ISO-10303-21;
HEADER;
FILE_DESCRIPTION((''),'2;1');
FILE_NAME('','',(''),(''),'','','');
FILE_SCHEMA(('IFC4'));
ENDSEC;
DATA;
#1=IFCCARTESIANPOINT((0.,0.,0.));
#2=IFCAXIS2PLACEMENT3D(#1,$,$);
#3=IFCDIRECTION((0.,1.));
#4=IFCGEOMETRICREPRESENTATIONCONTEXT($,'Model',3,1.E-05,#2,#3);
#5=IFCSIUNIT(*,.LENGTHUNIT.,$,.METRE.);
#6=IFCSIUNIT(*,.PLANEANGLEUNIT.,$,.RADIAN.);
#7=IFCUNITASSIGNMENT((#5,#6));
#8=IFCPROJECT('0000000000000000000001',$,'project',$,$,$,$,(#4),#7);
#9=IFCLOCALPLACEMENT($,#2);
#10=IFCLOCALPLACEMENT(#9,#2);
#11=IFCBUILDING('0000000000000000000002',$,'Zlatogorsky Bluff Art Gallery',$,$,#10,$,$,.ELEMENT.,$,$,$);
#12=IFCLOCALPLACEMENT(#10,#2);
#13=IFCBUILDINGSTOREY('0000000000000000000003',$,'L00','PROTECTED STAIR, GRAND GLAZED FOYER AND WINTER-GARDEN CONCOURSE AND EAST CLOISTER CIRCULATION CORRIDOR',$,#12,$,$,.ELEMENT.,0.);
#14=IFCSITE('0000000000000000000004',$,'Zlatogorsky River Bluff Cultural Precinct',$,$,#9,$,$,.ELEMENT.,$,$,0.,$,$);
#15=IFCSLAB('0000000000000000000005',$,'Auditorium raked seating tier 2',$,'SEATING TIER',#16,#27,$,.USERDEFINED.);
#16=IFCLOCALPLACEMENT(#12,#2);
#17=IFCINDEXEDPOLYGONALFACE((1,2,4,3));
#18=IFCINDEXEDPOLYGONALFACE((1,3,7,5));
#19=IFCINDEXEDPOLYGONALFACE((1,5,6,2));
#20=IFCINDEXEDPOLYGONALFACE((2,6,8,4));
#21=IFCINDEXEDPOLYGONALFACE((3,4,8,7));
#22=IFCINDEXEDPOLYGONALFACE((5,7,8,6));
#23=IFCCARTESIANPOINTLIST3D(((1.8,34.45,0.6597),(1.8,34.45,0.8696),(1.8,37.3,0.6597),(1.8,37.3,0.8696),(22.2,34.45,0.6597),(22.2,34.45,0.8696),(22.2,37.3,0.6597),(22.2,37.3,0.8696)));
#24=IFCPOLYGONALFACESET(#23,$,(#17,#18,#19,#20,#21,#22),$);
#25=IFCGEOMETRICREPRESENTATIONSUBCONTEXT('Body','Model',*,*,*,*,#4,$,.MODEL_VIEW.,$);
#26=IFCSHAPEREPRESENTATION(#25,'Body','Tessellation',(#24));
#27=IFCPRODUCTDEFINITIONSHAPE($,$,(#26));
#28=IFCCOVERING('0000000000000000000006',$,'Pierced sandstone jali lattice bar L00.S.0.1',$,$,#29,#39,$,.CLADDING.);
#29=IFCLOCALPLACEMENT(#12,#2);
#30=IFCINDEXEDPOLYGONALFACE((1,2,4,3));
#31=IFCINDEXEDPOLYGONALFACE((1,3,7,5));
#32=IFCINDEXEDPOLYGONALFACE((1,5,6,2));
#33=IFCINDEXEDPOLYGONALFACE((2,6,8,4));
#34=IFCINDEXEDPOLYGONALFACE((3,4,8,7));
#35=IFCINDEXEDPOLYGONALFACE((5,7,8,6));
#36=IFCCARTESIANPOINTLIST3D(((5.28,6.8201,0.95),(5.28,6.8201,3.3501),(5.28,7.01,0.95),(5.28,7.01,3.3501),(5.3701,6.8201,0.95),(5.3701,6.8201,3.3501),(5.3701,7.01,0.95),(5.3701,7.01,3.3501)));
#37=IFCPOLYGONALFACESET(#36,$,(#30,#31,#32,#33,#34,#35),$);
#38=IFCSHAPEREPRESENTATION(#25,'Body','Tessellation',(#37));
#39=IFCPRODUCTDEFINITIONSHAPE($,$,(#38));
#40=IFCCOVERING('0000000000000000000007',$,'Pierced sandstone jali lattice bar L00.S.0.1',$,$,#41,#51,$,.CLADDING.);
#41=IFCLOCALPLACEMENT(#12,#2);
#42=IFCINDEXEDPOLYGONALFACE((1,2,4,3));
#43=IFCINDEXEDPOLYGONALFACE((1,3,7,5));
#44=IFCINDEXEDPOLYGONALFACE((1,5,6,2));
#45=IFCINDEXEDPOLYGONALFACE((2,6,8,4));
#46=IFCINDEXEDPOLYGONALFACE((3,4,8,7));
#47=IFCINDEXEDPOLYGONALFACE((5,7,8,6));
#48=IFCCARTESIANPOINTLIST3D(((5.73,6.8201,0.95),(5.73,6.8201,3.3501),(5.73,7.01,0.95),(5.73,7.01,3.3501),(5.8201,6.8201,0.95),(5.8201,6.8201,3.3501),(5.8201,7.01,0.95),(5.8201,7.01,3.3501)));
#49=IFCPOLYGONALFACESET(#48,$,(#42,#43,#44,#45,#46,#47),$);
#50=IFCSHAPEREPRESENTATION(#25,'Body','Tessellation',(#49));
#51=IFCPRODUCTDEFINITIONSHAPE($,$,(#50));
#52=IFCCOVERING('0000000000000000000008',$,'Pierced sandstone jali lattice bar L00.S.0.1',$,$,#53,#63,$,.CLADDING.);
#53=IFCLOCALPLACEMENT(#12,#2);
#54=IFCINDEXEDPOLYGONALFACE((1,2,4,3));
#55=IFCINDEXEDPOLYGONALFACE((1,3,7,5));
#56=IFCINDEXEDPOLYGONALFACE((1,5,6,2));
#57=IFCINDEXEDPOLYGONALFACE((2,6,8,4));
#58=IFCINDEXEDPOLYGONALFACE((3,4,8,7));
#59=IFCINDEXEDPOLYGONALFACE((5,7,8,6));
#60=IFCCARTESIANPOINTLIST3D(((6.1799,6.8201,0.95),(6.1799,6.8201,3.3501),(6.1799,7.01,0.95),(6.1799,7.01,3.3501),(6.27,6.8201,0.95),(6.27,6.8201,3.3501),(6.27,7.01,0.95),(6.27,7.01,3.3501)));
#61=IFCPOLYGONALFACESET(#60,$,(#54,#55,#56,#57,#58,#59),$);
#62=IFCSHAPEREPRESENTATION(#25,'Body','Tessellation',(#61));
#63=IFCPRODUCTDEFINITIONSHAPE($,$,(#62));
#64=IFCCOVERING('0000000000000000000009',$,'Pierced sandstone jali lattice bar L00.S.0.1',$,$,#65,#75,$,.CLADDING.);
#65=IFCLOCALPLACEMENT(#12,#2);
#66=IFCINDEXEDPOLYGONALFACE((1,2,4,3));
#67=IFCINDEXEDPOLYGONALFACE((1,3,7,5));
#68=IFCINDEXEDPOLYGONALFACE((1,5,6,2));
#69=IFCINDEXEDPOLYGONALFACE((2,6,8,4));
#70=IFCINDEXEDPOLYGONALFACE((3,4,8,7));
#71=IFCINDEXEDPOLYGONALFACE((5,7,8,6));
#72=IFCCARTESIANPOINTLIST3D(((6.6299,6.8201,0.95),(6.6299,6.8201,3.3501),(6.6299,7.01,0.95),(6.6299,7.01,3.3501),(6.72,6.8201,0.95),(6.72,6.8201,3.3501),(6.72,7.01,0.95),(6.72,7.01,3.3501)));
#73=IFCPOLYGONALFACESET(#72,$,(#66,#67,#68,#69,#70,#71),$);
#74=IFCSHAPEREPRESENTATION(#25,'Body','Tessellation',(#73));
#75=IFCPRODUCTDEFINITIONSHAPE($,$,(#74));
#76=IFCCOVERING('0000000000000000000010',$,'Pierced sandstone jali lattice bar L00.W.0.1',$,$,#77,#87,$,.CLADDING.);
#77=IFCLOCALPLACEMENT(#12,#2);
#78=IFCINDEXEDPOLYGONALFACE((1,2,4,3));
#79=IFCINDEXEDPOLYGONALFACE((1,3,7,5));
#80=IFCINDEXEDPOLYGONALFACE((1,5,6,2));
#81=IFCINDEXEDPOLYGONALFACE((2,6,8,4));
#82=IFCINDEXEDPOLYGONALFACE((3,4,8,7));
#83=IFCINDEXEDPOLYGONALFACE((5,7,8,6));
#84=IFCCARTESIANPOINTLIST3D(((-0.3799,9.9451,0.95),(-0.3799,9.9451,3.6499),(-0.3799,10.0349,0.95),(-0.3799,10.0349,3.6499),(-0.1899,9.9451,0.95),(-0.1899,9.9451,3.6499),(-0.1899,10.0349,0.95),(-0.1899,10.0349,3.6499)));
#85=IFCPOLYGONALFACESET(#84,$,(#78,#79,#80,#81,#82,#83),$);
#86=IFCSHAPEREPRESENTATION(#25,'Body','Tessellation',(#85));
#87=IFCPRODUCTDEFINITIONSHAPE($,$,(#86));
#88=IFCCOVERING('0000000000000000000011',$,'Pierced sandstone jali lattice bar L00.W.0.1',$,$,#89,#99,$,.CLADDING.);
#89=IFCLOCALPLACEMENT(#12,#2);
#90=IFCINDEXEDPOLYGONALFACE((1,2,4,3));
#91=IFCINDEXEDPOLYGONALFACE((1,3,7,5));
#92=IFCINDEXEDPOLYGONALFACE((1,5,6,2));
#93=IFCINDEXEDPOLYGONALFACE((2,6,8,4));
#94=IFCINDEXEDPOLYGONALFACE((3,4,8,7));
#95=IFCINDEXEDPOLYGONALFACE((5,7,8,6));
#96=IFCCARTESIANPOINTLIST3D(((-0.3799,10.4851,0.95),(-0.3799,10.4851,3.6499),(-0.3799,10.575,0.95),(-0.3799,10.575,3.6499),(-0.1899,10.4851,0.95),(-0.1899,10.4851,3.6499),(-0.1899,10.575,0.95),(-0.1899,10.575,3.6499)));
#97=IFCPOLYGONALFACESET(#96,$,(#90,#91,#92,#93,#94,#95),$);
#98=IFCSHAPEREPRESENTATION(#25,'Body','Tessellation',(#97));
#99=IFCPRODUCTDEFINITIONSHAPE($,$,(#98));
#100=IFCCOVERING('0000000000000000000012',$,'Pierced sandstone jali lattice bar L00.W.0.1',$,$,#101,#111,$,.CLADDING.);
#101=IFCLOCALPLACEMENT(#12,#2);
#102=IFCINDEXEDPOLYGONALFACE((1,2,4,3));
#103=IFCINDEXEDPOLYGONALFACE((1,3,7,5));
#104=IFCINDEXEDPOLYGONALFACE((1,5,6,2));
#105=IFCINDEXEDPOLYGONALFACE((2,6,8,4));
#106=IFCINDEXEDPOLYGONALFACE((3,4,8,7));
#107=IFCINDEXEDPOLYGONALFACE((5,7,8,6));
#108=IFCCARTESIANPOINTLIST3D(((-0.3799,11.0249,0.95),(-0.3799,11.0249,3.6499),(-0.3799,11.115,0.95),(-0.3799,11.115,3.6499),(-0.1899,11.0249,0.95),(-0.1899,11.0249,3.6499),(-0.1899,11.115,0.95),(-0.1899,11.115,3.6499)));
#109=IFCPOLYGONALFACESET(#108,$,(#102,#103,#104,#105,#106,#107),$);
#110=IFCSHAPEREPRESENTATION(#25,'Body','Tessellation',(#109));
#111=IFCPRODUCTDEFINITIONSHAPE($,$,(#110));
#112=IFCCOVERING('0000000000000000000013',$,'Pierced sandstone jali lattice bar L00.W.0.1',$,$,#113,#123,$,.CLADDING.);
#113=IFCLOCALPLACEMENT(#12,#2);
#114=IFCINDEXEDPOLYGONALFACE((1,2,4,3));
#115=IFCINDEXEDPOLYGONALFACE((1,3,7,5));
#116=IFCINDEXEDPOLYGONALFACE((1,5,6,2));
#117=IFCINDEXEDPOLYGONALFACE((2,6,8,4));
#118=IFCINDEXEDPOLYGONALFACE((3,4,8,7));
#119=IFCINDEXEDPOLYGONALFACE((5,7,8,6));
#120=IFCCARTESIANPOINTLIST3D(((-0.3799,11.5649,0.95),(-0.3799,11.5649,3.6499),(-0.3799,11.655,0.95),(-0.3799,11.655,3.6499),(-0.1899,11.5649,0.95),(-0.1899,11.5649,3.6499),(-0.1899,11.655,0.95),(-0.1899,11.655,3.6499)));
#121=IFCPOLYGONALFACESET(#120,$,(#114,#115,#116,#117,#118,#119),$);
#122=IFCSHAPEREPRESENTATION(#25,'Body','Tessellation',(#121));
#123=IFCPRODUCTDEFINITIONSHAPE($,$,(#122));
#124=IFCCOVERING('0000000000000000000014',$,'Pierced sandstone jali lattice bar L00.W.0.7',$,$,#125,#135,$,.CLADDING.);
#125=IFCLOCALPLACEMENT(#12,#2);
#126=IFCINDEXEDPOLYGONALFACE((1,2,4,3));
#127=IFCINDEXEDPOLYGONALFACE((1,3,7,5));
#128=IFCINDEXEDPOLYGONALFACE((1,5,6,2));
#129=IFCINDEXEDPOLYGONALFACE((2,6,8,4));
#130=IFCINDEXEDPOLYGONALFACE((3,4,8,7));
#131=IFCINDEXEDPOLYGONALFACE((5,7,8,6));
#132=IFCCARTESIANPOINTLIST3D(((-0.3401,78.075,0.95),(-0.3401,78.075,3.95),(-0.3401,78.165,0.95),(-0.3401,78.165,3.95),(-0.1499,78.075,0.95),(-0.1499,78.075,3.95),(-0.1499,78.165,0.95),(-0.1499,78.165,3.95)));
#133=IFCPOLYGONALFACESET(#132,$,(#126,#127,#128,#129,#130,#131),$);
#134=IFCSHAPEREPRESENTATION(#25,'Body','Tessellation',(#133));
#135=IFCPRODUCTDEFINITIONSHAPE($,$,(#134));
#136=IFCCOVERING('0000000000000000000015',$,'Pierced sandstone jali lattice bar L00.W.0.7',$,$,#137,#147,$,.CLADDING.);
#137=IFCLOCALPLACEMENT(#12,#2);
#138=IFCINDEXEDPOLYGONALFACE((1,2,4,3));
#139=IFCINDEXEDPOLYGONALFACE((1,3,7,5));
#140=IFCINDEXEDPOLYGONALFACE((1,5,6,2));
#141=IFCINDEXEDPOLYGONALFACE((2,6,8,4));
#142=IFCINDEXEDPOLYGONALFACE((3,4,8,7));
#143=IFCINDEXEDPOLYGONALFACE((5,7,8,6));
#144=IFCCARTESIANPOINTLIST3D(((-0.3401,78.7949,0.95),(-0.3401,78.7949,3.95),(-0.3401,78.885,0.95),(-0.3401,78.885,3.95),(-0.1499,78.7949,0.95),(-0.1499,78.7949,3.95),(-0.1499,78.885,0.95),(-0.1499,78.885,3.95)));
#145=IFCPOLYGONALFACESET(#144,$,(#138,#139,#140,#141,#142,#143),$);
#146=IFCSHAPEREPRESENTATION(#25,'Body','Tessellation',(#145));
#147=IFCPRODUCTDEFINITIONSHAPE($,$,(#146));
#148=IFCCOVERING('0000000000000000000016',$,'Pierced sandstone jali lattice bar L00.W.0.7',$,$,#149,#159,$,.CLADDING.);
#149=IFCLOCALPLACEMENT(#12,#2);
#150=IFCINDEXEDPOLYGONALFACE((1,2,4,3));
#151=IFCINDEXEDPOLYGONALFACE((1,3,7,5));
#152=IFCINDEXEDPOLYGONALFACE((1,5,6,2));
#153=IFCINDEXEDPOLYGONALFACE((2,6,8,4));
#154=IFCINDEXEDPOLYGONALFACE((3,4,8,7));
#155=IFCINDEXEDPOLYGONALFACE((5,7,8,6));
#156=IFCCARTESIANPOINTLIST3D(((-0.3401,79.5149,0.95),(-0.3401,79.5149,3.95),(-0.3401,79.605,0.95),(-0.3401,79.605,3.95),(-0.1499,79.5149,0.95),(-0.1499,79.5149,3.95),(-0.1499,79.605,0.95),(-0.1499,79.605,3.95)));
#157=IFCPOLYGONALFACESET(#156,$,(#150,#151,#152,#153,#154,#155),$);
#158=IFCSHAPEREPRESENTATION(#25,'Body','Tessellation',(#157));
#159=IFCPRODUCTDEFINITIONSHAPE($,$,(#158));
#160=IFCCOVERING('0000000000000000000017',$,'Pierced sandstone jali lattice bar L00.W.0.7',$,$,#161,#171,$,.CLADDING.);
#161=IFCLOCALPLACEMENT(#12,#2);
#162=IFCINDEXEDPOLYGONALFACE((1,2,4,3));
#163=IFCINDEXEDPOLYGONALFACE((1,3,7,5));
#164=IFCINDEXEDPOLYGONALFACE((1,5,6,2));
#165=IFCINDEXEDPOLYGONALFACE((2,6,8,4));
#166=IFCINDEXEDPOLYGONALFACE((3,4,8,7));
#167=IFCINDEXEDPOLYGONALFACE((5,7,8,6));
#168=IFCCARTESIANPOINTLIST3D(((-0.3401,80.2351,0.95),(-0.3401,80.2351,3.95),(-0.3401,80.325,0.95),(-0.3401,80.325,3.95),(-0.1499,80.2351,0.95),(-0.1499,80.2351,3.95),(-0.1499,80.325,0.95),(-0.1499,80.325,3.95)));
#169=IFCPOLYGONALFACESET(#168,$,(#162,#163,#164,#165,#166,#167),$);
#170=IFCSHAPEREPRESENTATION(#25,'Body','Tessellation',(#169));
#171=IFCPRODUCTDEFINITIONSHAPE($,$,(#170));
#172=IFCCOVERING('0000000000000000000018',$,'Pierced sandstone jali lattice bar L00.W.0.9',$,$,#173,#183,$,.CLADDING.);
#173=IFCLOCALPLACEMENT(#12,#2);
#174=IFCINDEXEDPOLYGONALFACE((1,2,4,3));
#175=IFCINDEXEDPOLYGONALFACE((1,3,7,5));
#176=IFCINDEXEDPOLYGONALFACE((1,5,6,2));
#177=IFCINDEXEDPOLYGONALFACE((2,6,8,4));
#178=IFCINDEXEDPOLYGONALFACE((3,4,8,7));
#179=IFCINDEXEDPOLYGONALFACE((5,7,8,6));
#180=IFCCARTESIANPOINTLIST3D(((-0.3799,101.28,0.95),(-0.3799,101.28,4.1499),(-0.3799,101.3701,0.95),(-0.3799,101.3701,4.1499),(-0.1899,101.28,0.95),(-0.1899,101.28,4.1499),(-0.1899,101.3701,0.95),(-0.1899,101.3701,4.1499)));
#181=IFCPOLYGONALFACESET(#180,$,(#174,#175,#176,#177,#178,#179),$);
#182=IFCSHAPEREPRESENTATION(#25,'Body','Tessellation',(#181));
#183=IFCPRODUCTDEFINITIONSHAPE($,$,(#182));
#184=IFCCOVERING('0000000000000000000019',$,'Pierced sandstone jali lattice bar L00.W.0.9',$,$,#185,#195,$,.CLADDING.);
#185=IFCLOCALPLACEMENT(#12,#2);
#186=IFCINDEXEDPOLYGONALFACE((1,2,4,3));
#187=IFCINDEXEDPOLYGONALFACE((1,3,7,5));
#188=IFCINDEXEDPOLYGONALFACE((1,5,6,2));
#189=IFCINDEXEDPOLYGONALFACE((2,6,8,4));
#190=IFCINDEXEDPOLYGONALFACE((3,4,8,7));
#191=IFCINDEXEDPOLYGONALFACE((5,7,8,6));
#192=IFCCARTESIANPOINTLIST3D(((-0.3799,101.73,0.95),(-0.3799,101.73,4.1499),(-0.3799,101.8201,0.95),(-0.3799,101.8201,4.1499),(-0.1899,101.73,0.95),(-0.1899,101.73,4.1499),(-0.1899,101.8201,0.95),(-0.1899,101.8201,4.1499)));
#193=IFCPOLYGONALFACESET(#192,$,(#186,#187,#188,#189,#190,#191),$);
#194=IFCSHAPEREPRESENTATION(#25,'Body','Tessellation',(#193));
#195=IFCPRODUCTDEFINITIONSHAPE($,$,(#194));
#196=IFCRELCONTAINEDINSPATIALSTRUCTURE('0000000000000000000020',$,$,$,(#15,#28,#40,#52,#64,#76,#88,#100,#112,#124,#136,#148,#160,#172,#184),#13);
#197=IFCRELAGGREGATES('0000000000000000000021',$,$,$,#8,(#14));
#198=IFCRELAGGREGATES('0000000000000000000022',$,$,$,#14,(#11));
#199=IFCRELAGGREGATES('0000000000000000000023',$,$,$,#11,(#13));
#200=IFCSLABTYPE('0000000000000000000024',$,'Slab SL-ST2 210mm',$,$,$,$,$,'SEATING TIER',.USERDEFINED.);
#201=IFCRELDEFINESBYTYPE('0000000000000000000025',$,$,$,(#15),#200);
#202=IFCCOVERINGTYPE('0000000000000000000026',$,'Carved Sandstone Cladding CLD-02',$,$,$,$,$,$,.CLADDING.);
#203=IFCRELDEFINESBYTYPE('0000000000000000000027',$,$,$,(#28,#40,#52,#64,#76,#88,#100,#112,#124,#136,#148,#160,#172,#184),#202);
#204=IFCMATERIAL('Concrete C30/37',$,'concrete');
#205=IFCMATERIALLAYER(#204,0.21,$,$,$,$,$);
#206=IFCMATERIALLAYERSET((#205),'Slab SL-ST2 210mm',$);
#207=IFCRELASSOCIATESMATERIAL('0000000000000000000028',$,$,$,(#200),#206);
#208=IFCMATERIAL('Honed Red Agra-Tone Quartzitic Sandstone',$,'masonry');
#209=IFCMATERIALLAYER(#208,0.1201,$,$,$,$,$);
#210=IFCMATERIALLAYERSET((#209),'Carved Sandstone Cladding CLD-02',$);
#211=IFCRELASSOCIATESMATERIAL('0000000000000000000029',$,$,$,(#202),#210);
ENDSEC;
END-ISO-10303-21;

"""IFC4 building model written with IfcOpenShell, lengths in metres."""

from ifc_helpers import new_model, si_unit, direction, frame, origin, place, context, subcontext, project, spatial, polyline, outline, extrude, material, layer, layer_set, type_object, element, save


model = new_model("IFC4")

# Units and contexts
model_context = context("Model", 3, precision=1e-05, world=origin(), true_north=direction((0.0, 1.0)))
body_context = subcontext(model_context, "Body", "Model", "MODEL_VIEW")
ifc_project = project(units=[si_unit("LENGTHUNIT", "METRE"), si_unit("PLANEANGLEUNIT", "RADIAN")], contexts=[model_context])

# Site, building, storey
site_placement = place(None, origin())
site = spatial("IfcSite", under=ifc_project, at=site_placement, Name="Zlatogorsky River Bluff Cultural Precinct", CompositionType="ELEMENT", RefElevation=0.0)
building_placement = place(site_placement, origin())
building = spatial("IfcBuilding", under=site, at=building_placement, Name="Zlatogorsky Bluff Art Gallery", CompositionType="ELEMENT")
storey_placement = place(building_placement, origin())
storey = spatial("IfcBuildingStorey", under=building, at=storey_placement, Name="L00", Description="PROTECTED STAIR, GRAND GLAZED FOYER AND WINTER-GARDEN CONCOURSE AND EAST CLOISTER CIRCULATION CORRIDOR", CompositionType="ELEMENT", Elevation=0.0)

# Slab
ifc_material_1 = material(Name="Concrete C30/37", Category="concrete")
ifc_layer_1 = layer(ifc_material_1, 0.21)
ifc_layer_set_1 = layer_set([ifc_layer_1], Name="Slab SL-ST2 210mm")
slab_type = type_object("IfcSlabType", Name="Slab SL-ST2 210mm", ElementType="SEATING TIER", PredefinedType="USERDEFINED", material=ifc_layer_set_1)
slab_placement = place(storey_placement, frame((0.0, 0.0, 0.6597)))
element("IfcSlab", 1, at=slab_placement, inside=storey, type_object=slab_type, Name="Auditorium raked seating tier 2", ObjectType="SEATING TIER", PredefinedType="USERDEFINED", context=body_context, shape_type="SweptSolid", body=[
    extrude(outline(polyline([(1.8, 34.45), (22.2, 34.45), (22.2, 37.3), (1.8, 37.3), (1.8, 34.45)])), origin(), (0.0, 0.0, 1.0), 0.21),
])

# Coverings
ifc_material_2 = material(Name="Honed Red Agra-Tone Quartzitic Sandstone", Category="masonry")
ifc_layer_2 = layer(ifc_material_2, 0.1201)
ifc_layer_set_2 = layer_set([ifc_layer_2], Name="Carved Sandstone Cladding CLD-02")
covering_type = type_object("IfcCoveringType", Name="Carved Sandstone Cladding CLD-02", PredefinedType="CLADDING", material=ifc_layer_set_2)
covering_1_placement = place(storey_placement, frame((0.0, 0.0, 0.95)))
element("IfcCovering", 2, at=covering_1_placement, inside=storey, type_object=covering_type, Name="Pierced sandstone jali lattice bar L00.S.0.1", PredefinedType="CLADDING", context=body_context, shape_type="SweptSolid", body=[
    extrude(outline(polyline([(5.28, 6.8201), (5.3701, 6.8201), (5.3701, 7.01), (5.28, 7.01), (5.28, 6.8201)])), origin(), (0.0, 0.0, 1.0), 2.4001),
])
covering_2_placement = place(storey_placement, frame((0.0, 0.0, 0.95)))
element("IfcCovering", 3, at=covering_2_placement, inside=storey, type_object=covering_type, Name="Pierced sandstone jali lattice bar L00.S.0.1", PredefinedType="CLADDING", context=body_context, shape_type="SweptSolid", body=[
    extrude(outline(polyline([(5.73, 6.8201), (5.8201, 6.8201), (5.8201, 7.01), (5.73, 7.01), (5.73, 6.8201)])), origin(), (0.0, 0.0, 1.0), 2.4001),
])
covering_3_placement = place(storey_placement, frame((0.0, 0.0, 0.95)))
element("IfcCovering", 4, at=covering_3_placement, inside=storey, type_object=covering_type, Name="Pierced sandstone jali lattice bar L00.S.0.1", PredefinedType="CLADDING", context=body_context, shape_type="SweptSolid", body=[
    extrude(outline(polyline([(6.1799, 6.8201), (6.27, 6.8201), (6.27, 7.01), (6.1799, 7.01), (6.1799, 6.8201)])), origin(), (0.0, 0.0, 1.0), 2.4001),
])
covering_4_placement = place(storey_placement, frame((0.0, 0.0, 0.95)))
element("IfcCovering", 5, at=covering_4_placement, inside=storey, type_object=covering_type, Name="Pierced sandstone jali lattice bar L00.S.0.1", PredefinedType="CLADDING", context=body_context, shape_type="SweptSolid", body=[
    extrude(outline(polyline([(6.6299, 6.8201), (6.72, 6.8201), (6.72, 7.01), (6.6299, 7.01), (6.6299, 6.8201)])), origin(), (0.0, 0.0, 1.0), 2.4001),
])
covering_5_placement = place(storey_placement, frame((0.0, 0.0, 0.95)))
element("IfcCovering", 6, at=covering_5_placement, inside=storey, type_object=covering_type, Name="Pierced sandstone jali lattice bar L00.W.0.1", PredefinedType="CLADDING", context=body_context, shape_type="SweptSolid", body=[
    extrude(outline(polyline([(-0.3799, 9.9451), (-0.3799, 10.0349), (-0.1899, 10.0349), (-0.1899, 9.9451), (-0.3799, 9.9451)])), origin(), (0.0, 0.0, 1.0), 2.7),
])
covering_6_placement = place(storey_placement, frame((0.0, 0.0, 0.95)))
element("IfcCovering", 7, at=covering_6_placement, inside=storey, type_object=covering_type, Name="Pierced sandstone jali lattice bar L00.W.0.1", PredefinedType="CLADDING", context=body_context, shape_type="SweptSolid", body=[
    extrude(outline(polyline([(-0.3799, 10.4851), (-0.3799, 10.575), (-0.1899, 10.575), (-0.1899, 10.4851), (-0.3799, 10.4851)])), origin(), (0.0, 0.0, 1.0), 2.7),
])
covering_7_placement = place(storey_placement, frame((0.0, 0.0, 0.95)))
element("IfcCovering", 8, at=covering_7_placement, inside=storey, type_object=covering_type, Name="Pierced sandstone jali lattice bar L00.W.0.1", PredefinedType="CLADDING", context=body_context, shape_type="SweptSolid", body=[
    extrude(outline(polyline([(-0.3799, 11.0249), (-0.3799, 11.115), (-0.1899, 11.115), (-0.1899, 11.0249), (-0.3799, 11.0249)])), origin(), (0.0, 0.0, 1.0), 2.7),
])
covering_8_placement = place(storey_placement, frame((0.0, 0.0, 0.95)))
element("IfcCovering", 9, at=covering_8_placement, inside=storey, type_object=covering_type, Name="Pierced sandstone jali lattice bar L00.W.0.1", PredefinedType="CLADDING", context=body_context, shape_type="SweptSolid", body=[
    extrude(outline(polyline([(-0.3799, 11.5649), (-0.3799, 11.655), (-0.1899, 11.655), (-0.1899, 11.5649), (-0.3799, 11.5649)])), origin(), (0.0, 0.0, 1.0), 2.7),
])
covering_9_placement = place(storey_placement, frame((0.0, 0.0, 0.95)))
element("IfcCovering", 10, at=covering_9_placement, inside=storey, type_object=covering_type, Name="Pierced sandstone jali lattice bar L00.W.0.7", PredefinedType="CLADDING", context=body_context, shape_type="SweptSolid", body=[
    extrude(outline(polyline([(-0.3401, 78.075), (-0.3401, 78.165), (-0.1499, 78.165), (-0.1499, 78.075), (-0.3401, 78.075)])), origin(), (0.0, 0.0, 1.0), 3.0),
])
covering_10_placement = place(storey_placement, frame((0.0, 0.0, 0.95)))
element("IfcCovering", 11, at=covering_10_placement, inside=storey, type_object=covering_type, Name="Pierced sandstone jali lattice bar L00.W.0.7", PredefinedType="CLADDING", context=body_context, shape_type="SweptSolid", body=[
    extrude(outline(polyline([(-0.3401, 78.7949), (-0.3401, 78.885), (-0.1499, 78.885), (-0.1499, 78.7949), (-0.3401, 78.7949)])), origin(), (0.0, 0.0, 1.0), 3.0),
])
covering_11_placement = place(storey_placement, frame((0.0, 0.0, 0.95)))
element("IfcCovering", 12, at=covering_11_placement, inside=storey, type_object=covering_type, Name="Pierced sandstone jali lattice bar L00.W.0.7", PredefinedType="CLADDING", context=body_context, shape_type="SweptSolid", body=[
    extrude(outline(polyline([(-0.3401, 79.5149), (-0.3401, 79.605), (-0.1499, 79.605), (-0.1499, 79.5149), (-0.3401, 79.5149)])), origin(), (0.0, 0.0, 1.0), 3.0),
])
covering_12_placement = place(storey_placement, frame((0.0, 0.0, 0.95)))
element("IfcCovering", 13, at=covering_12_placement, inside=storey, type_object=covering_type, Name="Pierced sandstone jali lattice bar L00.W.0.7", PredefinedType="CLADDING", context=body_context, shape_type="SweptSolid", body=[
    extrude(outline(polyline([(-0.3401, 80.2351), (-0.3401, 80.325), (-0.1499, 80.325), (-0.1499, 80.2351), (-0.3401, 80.2351)])), origin(), (0.0, 0.0, 1.0), 3.0),
])
covering_13_placement = place(storey_placement, frame((0.0, 0.0, 0.95)))
element("IfcCovering", 14, at=covering_13_placement, inside=storey, type_object=covering_type, Name="Pierced sandstone jali lattice bar L00.W.0.9", PredefinedType="CLADDING", context=body_context, shape_type="SweptSolid", body=[
    extrude(outline(polyline([(-0.3799, 101.28), (-0.3799, 101.3701), (-0.1899, 101.3701), (-0.1899, 101.28), (-0.3799, 101.28)])), origin(), (0.0, 0.0, 1.0), 3.2),
])
covering_14_placement = place(storey_placement, frame((0.0, 0.0, 0.95)))
element("IfcCovering", 15, at=covering_14_placement, inside=storey, type_object=covering_type, Name="Pierced sandstone jali lattice bar L00.W.0.9", PredefinedType="CLADDING", context=body_context, shape_type="SweptSolid", body=[
    extrude(outline(polyline([(-0.3799, 101.73), (-0.3799, 101.8201), (-0.1899, 101.8201), (-0.1899, 101.73), (-0.3799, 101.73)])), origin(), (0.0, 0.0, 1.0), 3.2),
])

save(model, "model.ifc")
